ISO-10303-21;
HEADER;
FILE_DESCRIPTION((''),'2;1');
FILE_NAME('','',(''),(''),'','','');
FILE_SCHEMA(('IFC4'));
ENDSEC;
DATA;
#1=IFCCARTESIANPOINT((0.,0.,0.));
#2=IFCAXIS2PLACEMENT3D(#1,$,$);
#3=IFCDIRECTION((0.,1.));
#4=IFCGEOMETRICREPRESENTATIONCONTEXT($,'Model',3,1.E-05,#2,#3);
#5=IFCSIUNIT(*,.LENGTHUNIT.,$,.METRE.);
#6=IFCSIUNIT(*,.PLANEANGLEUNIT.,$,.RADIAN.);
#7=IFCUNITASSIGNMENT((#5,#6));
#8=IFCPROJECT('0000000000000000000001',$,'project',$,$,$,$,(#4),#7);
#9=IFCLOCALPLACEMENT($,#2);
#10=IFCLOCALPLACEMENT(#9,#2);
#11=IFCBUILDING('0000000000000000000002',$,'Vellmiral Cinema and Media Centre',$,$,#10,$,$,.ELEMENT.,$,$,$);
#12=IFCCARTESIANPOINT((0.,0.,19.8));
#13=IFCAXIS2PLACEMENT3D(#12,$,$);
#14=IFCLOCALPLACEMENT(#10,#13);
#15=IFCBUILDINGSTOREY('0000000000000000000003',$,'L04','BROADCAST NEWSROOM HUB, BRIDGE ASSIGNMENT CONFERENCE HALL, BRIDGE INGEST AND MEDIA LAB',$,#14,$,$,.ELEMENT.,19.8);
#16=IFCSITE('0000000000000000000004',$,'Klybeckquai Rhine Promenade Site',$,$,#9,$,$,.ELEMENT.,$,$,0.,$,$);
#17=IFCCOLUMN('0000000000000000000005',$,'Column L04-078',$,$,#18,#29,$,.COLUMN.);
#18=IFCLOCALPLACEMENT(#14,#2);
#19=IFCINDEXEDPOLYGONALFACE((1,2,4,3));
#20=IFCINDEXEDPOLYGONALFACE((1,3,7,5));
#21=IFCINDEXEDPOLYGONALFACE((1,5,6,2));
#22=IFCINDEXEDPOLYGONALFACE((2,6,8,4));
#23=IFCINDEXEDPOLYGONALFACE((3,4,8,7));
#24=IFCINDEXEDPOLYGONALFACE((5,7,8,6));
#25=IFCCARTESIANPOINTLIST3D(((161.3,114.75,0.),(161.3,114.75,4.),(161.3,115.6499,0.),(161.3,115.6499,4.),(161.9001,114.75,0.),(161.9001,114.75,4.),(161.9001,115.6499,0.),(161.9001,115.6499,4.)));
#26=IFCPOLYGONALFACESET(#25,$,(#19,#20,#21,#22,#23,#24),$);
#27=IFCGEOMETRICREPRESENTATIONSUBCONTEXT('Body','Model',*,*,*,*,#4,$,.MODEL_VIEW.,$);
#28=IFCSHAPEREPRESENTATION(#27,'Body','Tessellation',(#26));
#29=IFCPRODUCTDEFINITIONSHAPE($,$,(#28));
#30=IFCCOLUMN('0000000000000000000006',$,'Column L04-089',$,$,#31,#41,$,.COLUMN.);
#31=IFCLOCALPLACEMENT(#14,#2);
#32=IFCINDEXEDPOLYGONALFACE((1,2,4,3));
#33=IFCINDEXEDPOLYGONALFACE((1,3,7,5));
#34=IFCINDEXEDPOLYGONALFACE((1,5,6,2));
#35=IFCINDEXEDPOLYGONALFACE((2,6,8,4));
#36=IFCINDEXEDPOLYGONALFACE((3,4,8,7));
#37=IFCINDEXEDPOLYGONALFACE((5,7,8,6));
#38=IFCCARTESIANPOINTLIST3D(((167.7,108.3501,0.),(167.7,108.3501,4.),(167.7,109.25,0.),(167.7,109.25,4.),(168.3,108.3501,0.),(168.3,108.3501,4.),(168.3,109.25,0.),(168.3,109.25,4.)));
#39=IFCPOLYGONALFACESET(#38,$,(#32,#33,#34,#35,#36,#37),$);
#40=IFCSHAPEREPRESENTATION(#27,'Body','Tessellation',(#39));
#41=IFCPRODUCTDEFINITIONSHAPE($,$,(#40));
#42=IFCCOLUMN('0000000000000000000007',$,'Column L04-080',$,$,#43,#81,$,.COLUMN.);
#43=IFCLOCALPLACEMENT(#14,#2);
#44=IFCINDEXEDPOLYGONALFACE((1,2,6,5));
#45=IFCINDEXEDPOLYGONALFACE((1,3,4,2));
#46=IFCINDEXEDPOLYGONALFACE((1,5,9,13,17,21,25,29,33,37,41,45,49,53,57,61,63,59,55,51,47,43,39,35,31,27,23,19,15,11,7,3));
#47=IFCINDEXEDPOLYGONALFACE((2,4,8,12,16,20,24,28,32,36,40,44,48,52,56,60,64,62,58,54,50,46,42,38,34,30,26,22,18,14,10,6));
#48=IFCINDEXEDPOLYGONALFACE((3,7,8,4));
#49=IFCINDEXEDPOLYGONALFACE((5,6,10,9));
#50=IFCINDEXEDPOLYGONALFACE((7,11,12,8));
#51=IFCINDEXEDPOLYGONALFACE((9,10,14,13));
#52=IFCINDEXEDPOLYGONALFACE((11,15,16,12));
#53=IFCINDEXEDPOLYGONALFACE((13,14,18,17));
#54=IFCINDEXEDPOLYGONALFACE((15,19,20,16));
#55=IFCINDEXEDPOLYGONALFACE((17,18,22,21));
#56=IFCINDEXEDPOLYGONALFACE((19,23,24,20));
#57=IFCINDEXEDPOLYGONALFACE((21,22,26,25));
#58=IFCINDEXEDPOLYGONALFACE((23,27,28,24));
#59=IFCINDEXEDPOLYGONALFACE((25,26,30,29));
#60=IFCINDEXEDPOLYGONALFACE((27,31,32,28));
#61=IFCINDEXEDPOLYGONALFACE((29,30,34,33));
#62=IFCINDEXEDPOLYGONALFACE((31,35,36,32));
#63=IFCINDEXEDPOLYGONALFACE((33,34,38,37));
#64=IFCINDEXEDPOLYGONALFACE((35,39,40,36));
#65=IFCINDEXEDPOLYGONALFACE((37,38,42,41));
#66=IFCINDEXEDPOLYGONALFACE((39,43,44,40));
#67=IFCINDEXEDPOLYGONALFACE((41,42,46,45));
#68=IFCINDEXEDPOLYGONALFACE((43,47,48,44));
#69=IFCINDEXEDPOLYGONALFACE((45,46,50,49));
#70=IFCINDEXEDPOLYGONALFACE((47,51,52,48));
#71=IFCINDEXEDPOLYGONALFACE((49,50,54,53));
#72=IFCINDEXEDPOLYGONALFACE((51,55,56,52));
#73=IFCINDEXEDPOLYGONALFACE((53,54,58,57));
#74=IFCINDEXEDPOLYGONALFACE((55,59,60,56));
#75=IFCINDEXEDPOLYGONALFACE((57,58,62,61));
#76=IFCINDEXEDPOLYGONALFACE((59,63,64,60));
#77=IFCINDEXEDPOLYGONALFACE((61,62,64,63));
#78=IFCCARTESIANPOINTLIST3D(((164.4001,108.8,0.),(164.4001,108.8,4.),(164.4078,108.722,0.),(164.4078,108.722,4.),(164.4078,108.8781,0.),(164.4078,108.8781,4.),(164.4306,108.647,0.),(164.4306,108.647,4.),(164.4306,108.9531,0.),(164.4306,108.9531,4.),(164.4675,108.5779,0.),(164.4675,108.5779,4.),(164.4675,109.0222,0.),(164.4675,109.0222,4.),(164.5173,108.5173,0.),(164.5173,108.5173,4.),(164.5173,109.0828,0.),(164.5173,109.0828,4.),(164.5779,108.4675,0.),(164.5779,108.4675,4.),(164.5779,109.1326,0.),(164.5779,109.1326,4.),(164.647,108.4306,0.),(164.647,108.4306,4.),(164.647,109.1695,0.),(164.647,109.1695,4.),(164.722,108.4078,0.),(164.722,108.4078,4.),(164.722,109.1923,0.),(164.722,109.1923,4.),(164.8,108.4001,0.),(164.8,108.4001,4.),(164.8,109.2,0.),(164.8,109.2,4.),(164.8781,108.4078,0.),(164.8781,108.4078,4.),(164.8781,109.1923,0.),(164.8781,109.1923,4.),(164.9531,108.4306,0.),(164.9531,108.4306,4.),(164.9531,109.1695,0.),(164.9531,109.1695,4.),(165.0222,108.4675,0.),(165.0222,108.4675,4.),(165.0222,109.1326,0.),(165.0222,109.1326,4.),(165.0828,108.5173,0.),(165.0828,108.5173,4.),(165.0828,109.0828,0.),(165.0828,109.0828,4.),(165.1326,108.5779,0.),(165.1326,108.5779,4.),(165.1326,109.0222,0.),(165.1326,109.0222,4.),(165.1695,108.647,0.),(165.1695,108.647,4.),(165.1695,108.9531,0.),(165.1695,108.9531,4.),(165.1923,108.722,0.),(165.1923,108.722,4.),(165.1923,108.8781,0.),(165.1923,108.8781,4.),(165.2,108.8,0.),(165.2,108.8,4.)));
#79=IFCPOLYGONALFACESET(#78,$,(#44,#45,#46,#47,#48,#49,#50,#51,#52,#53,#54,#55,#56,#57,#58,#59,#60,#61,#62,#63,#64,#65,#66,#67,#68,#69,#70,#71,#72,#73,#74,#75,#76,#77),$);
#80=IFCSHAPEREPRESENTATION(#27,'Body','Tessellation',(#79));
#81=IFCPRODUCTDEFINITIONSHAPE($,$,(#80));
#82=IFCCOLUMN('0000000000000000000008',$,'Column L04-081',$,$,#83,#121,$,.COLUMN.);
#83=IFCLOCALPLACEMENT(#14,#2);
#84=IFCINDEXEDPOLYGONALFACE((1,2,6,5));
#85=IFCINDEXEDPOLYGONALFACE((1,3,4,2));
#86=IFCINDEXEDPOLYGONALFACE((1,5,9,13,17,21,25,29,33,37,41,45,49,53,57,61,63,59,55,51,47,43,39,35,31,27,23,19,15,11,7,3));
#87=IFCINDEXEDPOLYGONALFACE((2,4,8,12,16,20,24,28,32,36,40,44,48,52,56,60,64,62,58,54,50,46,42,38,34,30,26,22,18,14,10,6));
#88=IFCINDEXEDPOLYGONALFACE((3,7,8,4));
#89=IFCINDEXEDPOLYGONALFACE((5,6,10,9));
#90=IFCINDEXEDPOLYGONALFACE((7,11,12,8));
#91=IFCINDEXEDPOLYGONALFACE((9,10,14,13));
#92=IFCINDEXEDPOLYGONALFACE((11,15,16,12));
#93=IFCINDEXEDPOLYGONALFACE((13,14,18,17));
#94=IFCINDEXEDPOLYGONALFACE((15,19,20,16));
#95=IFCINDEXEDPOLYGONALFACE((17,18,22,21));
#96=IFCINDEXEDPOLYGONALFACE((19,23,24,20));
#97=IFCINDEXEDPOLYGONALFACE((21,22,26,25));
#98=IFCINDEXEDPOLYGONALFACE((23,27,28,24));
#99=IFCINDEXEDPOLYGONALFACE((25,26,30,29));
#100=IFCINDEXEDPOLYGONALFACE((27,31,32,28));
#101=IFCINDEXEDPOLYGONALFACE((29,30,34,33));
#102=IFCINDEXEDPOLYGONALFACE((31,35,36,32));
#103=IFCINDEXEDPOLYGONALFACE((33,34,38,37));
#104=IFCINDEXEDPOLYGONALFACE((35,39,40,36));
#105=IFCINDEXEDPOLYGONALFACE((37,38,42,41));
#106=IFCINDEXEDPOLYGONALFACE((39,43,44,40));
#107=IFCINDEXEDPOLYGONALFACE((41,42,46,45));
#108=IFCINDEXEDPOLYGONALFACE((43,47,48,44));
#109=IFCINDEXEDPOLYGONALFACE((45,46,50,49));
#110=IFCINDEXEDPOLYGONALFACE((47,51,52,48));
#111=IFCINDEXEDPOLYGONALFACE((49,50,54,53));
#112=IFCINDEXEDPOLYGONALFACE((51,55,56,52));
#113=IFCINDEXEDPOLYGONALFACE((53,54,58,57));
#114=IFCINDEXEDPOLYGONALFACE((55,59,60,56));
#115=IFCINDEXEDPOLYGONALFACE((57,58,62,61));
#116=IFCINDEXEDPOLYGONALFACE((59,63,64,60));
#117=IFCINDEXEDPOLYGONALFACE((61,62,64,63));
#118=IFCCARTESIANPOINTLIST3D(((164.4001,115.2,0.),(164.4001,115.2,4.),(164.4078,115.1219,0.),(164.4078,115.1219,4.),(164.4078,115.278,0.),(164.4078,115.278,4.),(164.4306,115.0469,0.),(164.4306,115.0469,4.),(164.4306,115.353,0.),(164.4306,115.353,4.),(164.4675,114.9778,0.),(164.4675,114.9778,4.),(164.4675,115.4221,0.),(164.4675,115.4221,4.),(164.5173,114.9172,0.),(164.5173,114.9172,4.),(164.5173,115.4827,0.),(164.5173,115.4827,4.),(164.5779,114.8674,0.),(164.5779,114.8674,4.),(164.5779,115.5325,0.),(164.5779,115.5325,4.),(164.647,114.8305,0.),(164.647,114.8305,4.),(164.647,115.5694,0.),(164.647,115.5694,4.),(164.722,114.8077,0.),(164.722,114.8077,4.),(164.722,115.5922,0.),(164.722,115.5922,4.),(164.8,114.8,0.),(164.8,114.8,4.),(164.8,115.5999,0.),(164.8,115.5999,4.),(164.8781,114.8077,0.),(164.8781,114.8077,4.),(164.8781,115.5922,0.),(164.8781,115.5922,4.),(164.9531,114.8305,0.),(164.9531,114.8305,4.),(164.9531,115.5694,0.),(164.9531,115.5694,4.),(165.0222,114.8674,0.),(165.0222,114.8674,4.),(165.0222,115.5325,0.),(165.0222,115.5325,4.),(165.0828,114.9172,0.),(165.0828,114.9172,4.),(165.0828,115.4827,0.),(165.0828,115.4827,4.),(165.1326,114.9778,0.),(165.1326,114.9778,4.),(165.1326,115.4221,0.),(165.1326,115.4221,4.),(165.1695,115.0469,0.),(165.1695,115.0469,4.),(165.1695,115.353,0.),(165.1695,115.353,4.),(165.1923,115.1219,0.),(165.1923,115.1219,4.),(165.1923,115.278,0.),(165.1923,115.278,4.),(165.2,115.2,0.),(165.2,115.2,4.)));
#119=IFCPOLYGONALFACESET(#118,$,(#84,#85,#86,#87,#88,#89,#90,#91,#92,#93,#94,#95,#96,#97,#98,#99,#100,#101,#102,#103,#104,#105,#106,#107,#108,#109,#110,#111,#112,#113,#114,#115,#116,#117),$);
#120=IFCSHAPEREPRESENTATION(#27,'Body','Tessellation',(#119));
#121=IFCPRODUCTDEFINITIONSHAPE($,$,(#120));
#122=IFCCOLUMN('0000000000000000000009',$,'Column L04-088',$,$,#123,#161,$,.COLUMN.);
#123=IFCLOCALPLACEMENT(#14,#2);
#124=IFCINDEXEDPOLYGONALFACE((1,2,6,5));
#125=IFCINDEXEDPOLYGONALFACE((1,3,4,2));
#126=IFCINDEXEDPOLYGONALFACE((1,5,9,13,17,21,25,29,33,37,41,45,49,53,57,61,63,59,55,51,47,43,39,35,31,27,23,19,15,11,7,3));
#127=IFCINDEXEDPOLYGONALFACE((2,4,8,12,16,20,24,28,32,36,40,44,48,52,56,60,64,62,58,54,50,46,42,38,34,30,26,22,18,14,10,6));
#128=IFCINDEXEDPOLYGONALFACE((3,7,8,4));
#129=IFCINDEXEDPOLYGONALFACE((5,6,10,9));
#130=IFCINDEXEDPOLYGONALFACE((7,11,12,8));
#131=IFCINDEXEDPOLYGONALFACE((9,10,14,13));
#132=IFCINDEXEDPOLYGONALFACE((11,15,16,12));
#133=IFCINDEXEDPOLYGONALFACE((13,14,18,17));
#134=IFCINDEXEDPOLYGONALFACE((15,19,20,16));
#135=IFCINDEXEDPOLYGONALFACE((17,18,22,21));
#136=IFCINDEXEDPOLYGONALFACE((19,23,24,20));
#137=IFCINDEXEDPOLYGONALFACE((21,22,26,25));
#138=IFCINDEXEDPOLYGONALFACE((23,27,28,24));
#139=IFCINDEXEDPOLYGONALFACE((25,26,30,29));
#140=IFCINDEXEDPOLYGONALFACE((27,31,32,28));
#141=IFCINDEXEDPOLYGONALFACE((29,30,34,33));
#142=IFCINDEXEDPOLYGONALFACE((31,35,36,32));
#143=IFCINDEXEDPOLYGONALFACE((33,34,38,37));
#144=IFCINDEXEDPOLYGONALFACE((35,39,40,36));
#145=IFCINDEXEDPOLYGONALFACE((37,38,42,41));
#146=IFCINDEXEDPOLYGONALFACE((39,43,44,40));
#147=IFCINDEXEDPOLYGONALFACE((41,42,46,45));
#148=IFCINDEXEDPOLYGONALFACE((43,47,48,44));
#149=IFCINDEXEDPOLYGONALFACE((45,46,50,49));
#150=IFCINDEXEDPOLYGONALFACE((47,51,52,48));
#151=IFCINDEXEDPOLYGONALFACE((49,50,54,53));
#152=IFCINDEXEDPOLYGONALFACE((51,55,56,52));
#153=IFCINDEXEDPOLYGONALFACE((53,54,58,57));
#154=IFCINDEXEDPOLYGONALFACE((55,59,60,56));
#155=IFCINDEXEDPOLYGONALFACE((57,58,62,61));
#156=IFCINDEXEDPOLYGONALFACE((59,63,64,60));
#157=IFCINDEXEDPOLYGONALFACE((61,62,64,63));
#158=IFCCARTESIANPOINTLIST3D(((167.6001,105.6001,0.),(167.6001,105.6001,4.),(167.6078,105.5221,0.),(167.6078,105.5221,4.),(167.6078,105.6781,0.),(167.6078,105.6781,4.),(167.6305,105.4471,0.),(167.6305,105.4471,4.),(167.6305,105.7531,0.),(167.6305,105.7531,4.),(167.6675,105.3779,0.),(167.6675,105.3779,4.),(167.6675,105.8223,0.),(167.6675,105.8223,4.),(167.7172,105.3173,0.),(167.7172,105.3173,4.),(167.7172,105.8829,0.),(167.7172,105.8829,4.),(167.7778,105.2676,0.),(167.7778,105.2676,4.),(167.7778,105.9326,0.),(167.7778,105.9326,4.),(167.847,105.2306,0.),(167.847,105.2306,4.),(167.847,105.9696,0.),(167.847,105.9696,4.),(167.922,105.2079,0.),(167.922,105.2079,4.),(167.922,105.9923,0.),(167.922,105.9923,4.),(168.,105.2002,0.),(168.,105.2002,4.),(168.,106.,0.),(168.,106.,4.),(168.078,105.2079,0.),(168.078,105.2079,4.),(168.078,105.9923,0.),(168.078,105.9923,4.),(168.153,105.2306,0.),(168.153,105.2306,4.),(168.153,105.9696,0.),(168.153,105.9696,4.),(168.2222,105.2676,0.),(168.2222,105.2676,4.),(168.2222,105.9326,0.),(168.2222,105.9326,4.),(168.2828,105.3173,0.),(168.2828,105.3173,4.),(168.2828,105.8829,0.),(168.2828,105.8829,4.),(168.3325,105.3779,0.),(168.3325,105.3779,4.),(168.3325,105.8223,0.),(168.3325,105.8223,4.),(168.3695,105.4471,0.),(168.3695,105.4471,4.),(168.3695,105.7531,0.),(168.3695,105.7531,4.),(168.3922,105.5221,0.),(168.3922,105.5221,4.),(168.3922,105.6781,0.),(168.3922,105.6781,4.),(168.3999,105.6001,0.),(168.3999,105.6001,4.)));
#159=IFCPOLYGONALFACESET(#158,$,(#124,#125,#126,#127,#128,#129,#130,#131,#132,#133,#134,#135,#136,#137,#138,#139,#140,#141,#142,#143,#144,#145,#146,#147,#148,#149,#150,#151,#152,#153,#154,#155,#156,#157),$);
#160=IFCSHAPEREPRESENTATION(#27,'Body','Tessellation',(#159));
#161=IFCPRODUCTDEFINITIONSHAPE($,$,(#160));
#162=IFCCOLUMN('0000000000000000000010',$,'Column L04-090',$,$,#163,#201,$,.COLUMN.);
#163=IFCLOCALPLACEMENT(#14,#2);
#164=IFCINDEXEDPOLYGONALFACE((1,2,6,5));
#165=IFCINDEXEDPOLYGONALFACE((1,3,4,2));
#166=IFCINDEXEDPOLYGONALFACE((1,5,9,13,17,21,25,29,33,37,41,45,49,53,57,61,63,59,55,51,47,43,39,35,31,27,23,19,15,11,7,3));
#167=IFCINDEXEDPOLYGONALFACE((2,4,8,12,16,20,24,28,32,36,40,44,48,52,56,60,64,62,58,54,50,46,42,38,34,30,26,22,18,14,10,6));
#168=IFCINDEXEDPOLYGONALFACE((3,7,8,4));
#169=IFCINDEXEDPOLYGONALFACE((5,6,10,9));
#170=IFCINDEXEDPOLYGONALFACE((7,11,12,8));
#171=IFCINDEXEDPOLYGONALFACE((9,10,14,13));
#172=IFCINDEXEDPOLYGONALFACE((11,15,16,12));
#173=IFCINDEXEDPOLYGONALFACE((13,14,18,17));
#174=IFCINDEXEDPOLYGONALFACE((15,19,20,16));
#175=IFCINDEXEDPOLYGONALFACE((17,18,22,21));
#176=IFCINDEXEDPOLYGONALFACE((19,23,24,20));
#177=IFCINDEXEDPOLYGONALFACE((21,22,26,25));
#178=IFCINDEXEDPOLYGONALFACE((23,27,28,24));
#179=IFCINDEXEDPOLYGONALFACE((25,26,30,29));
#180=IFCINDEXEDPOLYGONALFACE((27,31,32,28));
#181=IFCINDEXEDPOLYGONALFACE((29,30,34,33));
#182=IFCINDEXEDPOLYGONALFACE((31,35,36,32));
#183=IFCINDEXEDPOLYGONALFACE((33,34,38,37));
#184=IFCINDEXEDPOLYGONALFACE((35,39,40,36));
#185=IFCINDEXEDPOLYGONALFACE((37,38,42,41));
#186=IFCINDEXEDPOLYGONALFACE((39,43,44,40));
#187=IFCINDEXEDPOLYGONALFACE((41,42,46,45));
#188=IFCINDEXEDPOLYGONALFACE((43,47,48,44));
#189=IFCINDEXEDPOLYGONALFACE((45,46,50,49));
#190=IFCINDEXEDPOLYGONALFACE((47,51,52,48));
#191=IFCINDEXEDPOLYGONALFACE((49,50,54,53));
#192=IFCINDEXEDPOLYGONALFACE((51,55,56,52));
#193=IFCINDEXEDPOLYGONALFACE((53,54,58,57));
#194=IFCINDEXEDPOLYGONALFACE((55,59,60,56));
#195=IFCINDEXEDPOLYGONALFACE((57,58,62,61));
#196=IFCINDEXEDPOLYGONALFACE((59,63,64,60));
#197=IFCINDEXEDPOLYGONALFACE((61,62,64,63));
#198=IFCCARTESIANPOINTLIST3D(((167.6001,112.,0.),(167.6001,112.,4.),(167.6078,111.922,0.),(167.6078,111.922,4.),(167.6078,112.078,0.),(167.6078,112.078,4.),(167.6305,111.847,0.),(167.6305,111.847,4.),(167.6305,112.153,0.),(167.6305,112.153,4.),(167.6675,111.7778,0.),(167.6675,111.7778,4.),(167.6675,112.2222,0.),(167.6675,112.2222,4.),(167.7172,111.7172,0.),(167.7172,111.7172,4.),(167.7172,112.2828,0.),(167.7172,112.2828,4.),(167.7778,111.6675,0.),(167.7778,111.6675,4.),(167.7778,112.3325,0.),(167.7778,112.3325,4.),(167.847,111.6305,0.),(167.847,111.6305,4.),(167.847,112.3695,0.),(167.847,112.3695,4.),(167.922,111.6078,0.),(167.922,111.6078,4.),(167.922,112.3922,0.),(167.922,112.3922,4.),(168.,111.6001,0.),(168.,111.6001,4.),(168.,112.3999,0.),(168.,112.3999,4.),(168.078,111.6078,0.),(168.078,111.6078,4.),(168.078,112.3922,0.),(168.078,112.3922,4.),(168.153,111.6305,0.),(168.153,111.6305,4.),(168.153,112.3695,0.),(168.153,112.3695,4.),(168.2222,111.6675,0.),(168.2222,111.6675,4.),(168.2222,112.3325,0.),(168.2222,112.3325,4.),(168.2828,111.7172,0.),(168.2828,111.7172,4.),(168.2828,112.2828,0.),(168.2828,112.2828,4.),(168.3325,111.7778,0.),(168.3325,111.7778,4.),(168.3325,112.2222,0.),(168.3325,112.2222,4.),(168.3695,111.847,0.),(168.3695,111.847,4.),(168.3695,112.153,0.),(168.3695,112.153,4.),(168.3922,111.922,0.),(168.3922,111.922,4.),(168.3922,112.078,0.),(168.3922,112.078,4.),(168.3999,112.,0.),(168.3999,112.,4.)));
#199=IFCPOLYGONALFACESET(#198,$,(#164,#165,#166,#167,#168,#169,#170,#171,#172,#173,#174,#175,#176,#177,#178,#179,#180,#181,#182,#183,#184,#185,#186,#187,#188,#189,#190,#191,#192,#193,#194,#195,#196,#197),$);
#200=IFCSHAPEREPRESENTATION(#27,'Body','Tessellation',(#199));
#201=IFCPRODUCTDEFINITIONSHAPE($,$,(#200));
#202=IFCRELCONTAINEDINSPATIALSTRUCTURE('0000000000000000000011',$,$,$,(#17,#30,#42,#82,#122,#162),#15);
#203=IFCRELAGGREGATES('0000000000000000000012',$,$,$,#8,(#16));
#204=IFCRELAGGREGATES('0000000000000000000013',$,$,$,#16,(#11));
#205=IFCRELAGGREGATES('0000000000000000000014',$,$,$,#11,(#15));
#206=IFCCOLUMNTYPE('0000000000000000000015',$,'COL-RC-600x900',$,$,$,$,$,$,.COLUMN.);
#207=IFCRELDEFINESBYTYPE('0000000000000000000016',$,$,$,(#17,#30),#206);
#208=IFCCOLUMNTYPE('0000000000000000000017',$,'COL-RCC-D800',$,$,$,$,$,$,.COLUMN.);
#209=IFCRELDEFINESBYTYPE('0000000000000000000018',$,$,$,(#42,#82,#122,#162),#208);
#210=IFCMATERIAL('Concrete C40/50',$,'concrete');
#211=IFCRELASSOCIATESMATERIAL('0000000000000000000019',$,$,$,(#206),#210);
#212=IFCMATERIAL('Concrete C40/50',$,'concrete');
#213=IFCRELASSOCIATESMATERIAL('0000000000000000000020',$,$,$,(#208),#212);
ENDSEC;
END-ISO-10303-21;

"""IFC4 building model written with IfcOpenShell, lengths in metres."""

from ifc_helpers import new_model, si_unit, direction, frame, origin, origin_2d, place, context, subcontext, project, spatial, rectangle, circle, extrude, material, material_profile, profile_set, type_object, element, save


model = new_model("IFC4")

# Units and contexts
model_context = context("Model", 3, precision=1e-05, world=origin(), true_north=direction((0.0, 1.0)))
body_context = subcontext(model_context, "Body", "Model", "MODEL_VIEW")
ifc_project = project(units=[si_unit("LENGTHUNIT", "METRE"), si_unit("PLANEANGLEUNIT", "RADIAN")], contexts=[model_context])

# Site, building, storey
site_placement = place(None, origin())
site = spatial("IfcSite", under=ifc_project, at=site_placement, Name="Klybeckquai Rhine Promenade Site", CompositionType="ELEMENT", RefElevation=0.0)
building_placement = place(site_placement, origin())
building = spatial("IfcBuilding", under=site, at=building_placement, Name="Vellmiral Cinema and Media Centre", CompositionType="ELEMENT")
storey_placement = place(building_placement, frame((0.0, 0.0, 19.8)))
storey = spatial("IfcBuildingStorey", under=building, at=storey_placement, Name="L04", Description="BROADCAST NEWSROOM HUB, BRIDGE ASSIGNMENT CONFERENCE HALL, BRIDGE INGEST AND MEDIA LAB", CompositionType="ELEMENT", Elevation=19.8)

# Columns
ifc_material_1 = material(Name="Concrete C40/50", Category="concrete")
ifc_material_profile_1 = material_profile(ifc_material_1, rectangle(XDim=0.6001, YDim=0.8999, at=origin_2d()), Name="RC 600x900")
ifc_profile_set_1 = profile_set([ifc_material_profile_1], Name="Concrete C40/50")
column_type_1 = type_object("IfcColumnType", Name="COL-RC-600x900", PredefinedType="COLUMN", material=ifc_profile_set_1)
for number, where, z_axis, x_axis, name in (
    (1, (161.6001, 115.2, 0.0), (0.0, 0.0, 1.0), (1.0, 0.0, 0.0), "Column L04-078"),
    (2, (168.0, 108.8, 0.0), (0.0, 0.0, 1.0), (1.0, 0.0, 0.0), "Column L04-089"),
):
    element("IfcColumn", number, at=place(storey_placement, frame(where, z_axis=z_axis, x_axis=x_axis)), inside=storey, type_object=column_type_1, Name=name, PredefinedType="COLUMN", context=body_context, shape_type="SweptSolid", body=[
        extrude(rectangle(XDim=0.6001, YDim=0.8999, at=origin_2d()), origin(), (0.0, 0.0, 1.0), 4.0),
    ])
ifc_material_2 = material(Name="Concrete C40/50", Category="concrete")
ifc_material_profile_2 = material_profile(ifc_material_2, circle(Radius=0.3999, at=origin_2d()), Name="RC D800")
ifc_profile_set_2 = profile_set([ifc_material_profile_2], Name="Concrete C40/50")
column_type_2 = type_object("IfcColumnType", Name="COL-RCC-D800", PredefinedType="COLUMN", material=ifc_profile_set_2)
for number, where, z_axis, x_axis, name in (
    (3, (164.8, 108.8, 0.0), (0.0, 0.0, 1.0), (1.0, 0.0, 0.0), "Column L04-080"),
    (4, (164.8, 115.2, 0.0), (0.0, 0.0, 1.0), (1.0, 0.0, 0.0), "Column L04-081"),
    (5, (168.0, 105.6001, 0.0), (0.0, 0.0, 1.0), (1.0, 0.0, 0.0), "Column L04-088"),
    (6, (168.0, 112.0, 0.0), (0.0, 0.0, 1.0), (1.0, 0.0, 0.0), "Column L04-090"),
):
    element("IfcColumn", number, at=place(storey_placement, frame(where, z_axis=z_axis, x_axis=x_axis)), inside=storey, type_object=column_type_2, Name=name, PredefinedType="COLUMN", context=body_context, shape_type="SweptSolid", body=[
        extrude(circle(Radius=0.3999, at=origin_2d()), origin(), (0.0, 0.0, 1.0), 4.0),
    ])

save(model, "model.ifc")
